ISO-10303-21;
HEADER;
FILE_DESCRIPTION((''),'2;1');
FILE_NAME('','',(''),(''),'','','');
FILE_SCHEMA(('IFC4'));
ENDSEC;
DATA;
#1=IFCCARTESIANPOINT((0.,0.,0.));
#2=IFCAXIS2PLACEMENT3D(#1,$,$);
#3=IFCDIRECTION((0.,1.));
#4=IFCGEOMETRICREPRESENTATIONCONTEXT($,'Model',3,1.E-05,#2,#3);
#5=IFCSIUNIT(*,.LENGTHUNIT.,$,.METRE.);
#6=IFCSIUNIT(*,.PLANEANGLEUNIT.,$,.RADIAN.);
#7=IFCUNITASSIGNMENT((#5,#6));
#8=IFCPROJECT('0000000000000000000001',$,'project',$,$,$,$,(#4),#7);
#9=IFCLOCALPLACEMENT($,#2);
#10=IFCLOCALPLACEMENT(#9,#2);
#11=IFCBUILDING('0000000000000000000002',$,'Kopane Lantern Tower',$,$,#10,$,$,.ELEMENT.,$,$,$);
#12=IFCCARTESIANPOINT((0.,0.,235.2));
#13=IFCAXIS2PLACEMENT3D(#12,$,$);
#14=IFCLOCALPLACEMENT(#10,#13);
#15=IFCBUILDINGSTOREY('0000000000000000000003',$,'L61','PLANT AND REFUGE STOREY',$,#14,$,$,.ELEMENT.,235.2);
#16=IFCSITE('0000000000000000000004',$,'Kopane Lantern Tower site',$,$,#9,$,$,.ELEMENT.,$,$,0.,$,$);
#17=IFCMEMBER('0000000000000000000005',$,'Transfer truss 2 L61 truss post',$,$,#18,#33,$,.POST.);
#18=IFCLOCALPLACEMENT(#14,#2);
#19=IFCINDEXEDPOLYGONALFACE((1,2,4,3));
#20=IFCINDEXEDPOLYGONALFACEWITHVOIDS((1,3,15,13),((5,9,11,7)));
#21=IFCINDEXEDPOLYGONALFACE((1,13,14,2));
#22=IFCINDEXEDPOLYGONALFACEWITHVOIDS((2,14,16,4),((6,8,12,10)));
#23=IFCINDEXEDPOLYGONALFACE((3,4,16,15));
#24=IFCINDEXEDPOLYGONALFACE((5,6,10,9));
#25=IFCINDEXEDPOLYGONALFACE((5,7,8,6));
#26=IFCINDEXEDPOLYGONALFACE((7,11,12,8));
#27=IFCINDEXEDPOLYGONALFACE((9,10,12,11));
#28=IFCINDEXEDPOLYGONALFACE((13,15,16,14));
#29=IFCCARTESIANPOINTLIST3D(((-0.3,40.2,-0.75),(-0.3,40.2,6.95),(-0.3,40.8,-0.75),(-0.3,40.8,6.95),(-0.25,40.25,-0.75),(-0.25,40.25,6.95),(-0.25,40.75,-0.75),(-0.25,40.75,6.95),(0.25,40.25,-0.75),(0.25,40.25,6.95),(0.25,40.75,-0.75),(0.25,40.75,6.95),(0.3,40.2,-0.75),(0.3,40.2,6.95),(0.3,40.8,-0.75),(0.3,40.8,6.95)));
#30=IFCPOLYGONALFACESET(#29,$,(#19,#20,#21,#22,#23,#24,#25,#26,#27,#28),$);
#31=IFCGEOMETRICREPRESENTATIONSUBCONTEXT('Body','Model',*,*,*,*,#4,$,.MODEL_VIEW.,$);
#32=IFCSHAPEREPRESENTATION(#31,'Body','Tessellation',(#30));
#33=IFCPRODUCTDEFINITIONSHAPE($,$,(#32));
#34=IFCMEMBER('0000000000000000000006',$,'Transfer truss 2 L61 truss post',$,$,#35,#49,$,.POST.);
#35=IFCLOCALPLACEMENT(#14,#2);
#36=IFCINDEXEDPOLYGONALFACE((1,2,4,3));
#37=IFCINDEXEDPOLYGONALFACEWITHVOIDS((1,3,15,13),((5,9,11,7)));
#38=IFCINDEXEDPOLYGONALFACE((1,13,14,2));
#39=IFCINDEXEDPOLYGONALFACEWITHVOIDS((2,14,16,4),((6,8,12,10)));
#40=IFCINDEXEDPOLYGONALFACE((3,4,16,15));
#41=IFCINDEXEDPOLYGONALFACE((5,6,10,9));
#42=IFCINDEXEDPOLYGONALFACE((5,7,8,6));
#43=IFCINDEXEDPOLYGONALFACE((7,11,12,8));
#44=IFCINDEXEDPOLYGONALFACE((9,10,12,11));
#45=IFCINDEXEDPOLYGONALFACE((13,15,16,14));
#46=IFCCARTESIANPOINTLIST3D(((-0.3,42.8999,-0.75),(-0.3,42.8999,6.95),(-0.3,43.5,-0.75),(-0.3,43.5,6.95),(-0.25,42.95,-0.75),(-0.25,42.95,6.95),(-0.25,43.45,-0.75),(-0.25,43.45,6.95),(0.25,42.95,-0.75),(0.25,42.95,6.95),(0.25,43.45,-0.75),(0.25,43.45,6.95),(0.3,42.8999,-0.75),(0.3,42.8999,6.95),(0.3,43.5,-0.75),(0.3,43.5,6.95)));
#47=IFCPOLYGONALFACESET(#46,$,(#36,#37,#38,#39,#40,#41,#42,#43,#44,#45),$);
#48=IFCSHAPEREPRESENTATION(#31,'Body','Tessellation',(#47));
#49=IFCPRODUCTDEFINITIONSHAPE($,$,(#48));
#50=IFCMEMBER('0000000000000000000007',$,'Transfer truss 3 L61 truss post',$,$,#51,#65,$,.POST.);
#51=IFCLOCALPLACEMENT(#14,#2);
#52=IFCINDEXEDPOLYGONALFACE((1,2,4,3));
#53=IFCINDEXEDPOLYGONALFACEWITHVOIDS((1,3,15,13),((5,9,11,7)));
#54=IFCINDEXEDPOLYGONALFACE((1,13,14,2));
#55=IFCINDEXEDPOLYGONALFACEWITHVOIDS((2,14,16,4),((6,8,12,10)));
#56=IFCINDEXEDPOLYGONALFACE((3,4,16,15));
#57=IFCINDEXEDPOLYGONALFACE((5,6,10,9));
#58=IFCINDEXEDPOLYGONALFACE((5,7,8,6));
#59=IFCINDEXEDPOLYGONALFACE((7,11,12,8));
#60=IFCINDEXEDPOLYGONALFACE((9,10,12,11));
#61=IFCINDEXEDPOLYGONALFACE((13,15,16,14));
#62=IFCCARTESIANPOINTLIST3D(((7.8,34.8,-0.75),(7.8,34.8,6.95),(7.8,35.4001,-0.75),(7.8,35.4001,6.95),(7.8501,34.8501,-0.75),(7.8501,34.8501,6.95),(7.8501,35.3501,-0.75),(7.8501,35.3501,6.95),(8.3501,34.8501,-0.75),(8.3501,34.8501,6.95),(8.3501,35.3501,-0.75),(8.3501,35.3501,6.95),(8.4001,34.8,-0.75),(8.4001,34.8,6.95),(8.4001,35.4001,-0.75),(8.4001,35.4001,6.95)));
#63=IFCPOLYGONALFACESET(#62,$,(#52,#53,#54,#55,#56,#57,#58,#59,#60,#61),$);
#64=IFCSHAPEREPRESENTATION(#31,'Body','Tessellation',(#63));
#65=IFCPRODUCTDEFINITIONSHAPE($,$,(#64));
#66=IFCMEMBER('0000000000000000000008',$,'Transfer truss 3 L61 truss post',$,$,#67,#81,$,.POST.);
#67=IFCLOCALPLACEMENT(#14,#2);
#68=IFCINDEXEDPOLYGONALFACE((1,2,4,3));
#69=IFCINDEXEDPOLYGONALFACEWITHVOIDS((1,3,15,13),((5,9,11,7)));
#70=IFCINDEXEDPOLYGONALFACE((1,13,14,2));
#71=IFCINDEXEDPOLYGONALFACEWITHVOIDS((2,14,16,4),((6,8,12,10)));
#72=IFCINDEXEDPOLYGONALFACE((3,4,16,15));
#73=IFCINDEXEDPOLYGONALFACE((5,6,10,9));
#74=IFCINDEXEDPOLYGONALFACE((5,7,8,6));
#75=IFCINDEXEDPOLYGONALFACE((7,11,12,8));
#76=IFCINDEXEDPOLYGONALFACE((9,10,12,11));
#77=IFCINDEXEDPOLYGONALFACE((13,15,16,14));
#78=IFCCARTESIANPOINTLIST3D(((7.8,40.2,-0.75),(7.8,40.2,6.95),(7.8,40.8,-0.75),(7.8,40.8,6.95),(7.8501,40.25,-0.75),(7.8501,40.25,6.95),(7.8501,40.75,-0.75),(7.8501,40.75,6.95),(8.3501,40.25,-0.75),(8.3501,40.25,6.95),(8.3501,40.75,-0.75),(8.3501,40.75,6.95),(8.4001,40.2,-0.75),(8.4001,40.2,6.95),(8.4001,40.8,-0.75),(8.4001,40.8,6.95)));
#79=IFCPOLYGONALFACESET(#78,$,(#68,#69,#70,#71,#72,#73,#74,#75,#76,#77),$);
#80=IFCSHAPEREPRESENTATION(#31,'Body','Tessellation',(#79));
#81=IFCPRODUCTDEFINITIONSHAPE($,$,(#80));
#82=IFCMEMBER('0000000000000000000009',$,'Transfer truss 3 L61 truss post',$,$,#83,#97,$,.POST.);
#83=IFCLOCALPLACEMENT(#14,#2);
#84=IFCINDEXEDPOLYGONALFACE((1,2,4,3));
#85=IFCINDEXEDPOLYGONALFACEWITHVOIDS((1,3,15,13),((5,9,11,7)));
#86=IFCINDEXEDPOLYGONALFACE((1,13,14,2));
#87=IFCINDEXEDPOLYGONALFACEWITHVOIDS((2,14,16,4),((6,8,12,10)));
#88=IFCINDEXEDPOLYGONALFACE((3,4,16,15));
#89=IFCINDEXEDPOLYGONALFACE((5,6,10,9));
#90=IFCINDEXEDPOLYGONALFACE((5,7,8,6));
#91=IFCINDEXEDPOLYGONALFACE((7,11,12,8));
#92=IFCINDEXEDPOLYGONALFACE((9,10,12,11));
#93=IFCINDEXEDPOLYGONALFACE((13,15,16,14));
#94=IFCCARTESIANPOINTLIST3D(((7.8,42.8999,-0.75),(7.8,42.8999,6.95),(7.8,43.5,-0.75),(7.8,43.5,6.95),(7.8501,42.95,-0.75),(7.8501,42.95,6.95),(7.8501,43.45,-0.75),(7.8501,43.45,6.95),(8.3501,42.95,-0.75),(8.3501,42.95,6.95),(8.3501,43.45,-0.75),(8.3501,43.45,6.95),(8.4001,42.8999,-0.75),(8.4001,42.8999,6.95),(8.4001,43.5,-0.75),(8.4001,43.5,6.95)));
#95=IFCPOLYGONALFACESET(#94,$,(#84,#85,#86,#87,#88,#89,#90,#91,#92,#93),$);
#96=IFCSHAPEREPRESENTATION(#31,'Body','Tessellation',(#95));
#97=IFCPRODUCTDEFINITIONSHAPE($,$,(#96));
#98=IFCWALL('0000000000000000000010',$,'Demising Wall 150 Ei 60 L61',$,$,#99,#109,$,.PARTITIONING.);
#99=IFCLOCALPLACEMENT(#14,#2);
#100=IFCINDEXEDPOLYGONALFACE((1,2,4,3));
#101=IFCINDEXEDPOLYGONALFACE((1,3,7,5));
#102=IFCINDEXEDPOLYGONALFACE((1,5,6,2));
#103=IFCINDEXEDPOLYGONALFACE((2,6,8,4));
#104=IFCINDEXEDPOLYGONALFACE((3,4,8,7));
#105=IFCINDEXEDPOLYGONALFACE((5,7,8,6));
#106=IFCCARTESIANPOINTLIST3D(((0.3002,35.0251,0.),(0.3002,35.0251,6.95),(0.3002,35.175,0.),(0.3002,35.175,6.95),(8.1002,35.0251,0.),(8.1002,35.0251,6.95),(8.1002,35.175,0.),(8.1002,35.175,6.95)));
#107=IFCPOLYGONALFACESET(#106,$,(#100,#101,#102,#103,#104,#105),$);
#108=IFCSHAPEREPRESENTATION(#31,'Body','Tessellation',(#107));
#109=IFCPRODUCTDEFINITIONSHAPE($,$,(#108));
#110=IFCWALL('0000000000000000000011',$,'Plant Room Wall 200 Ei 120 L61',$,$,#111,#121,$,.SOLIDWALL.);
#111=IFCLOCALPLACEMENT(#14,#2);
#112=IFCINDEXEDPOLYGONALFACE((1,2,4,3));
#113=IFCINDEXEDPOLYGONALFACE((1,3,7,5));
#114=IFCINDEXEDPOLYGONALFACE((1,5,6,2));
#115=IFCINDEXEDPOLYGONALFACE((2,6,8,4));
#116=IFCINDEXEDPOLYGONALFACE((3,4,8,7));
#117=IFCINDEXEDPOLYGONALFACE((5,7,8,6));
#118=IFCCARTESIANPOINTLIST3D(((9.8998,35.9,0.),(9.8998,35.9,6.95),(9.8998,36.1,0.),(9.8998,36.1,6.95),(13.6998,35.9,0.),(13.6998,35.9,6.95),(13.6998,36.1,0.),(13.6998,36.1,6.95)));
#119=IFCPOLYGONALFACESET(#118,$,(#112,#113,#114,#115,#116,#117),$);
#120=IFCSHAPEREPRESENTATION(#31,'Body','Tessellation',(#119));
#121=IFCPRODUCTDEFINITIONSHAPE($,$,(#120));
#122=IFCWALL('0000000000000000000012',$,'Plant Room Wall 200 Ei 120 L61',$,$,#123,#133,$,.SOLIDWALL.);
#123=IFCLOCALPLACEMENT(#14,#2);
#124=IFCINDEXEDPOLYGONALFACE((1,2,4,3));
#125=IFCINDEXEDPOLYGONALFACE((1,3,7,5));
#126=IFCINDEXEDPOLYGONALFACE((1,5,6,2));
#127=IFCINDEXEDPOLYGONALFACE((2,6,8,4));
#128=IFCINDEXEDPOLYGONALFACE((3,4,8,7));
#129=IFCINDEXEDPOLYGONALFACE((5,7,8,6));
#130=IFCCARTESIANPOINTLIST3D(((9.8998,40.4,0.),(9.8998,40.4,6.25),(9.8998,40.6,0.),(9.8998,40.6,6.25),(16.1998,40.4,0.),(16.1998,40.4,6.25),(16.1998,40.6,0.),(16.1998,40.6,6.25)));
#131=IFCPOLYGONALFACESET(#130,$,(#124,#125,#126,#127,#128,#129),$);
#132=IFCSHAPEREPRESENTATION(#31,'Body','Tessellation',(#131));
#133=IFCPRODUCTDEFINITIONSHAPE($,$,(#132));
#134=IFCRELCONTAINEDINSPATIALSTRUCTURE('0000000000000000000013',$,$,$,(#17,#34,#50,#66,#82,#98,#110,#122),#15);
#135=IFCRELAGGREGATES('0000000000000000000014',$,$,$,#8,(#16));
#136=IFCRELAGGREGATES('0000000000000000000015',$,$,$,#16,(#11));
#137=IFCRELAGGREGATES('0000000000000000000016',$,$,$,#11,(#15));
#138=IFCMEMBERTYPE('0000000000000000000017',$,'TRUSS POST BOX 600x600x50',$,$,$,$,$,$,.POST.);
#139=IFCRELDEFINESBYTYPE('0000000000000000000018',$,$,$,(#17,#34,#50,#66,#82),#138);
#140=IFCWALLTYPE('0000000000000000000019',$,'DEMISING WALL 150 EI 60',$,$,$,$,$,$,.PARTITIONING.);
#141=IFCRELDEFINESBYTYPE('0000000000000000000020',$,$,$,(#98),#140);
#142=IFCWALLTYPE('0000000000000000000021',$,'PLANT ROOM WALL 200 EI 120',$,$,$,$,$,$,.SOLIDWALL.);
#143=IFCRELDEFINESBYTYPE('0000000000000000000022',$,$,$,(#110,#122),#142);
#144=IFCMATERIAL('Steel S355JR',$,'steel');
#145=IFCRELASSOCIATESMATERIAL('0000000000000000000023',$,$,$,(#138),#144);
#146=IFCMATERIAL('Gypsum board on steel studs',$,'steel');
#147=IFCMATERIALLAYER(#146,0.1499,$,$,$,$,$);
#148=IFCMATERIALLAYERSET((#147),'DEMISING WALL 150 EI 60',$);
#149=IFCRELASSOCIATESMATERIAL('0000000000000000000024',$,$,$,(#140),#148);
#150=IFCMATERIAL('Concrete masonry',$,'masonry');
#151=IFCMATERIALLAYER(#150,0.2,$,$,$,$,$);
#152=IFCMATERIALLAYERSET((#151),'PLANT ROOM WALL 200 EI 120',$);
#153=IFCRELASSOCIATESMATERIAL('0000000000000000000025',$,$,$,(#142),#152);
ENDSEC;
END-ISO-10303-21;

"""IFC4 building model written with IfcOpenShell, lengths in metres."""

from ifc_helpers import new_model, si_unit, direction, frame, frame_2d, origin, origin_2d, place, context, subcontext, project, spatial, rectangle, hollow_rectangle, extrude, material, layer, layer_set, material_profile, profile_set, type_object, element, save


model = new_model("IFC4")

# Units and contexts
model_context = context("Model", 3, precision=1e-05, world=origin(), true_north=direction((0.0, 1.0)))
body_context = subcontext(model_context, "Body", "Model", "MODEL_VIEW")
ifc_project = project(units=[si_unit("LENGTHUNIT", "METRE"), si_unit("PLANEANGLEUNIT", "RADIAN")], contexts=[model_context])

# Site, building, storey
site_placement = place(None, origin())
site = spatial("IfcSite", under=ifc_project, at=site_placement, Name="Kopane Lantern Tower site", CompositionType="ELEMENT", RefElevation=0.0)
building_placement = place(site_placement, origin())
building = spatial("IfcBuilding", under=site, at=building_placement, Name="Kopane Lantern Tower", CompositionType="ELEMENT")
storey_placement = place(building_placement, frame((0.0, 0.0, 235.2)))
storey = spatial("IfcBuildingStorey", under=building, at=storey_placement, Name="L61", Description="PLANT AND REFUGE STOREY", CompositionType="ELEMENT", Elevation=235.2)

# Members
ifc_material_1 = material(Name="Steel S355JR", Category="steel")
ifc_material_profile_1 = material_profile(ifc_material_1, hollow_rectangle(XDim=0.6001, YDim=0.6001, WallThickness=0.05, at=origin_2d()), Name="BOX 600x600x50")
ifc_profile_set_1 = profile_set([ifc_material_profile_1], Name="Steel S355JR")
member_type_1 = type_object("IfcMemberType", Name="TRUSS POST BOX 600x600x50", PredefinedType="POST", material=ifc_profile_set_1)
for number, where, z_axis, x_axis, name in (
    (1, (0.0, 40.5, -0.75), (0.0, 0.0, 1.0), (1.0, 0.0, 0.0), "Transfer truss 2 L61 truss post"),
    (2, (0.0, 43.2, -0.75), (0.0, 0.0, 1.0), (1.0, 0.0, 0.0), "Transfer truss 2 L61 truss post"),
    (3, (8.1001, 35.1001, -0.75), (0.0, 0.0, 1.0), (1.0, 0.0, 0.0), "Transfer truss 3 L61 truss post"),
    (4, (8.1001, 40.5, -0.75), (0.0, 0.0, 1.0), (1.0, 0.0, 0.0), "Transfer truss 3 L61 truss post"),
    (5, (8.1001, 43.2, -0.75), (0.0, 0.0, 1.0), (1.0, 0.0, 0.0), "Transfer truss 3 L61 truss post"),
):
    element("IfcMember", number, at=place(storey_placement, frame(where, z_axis=z_axis, x_axis=x_axis)), inside=storey, type_object=member_type_1, Name=name, PredefinedType="POST", context=body_context, shape_type="SweptSolid", body=[
        extrude(hollow_rectangle(XDim=0.6001, YDim=0.6001, WallThickness=0.05, at=origin_2d()), origin(), (0.0, 0.0, 1.0), 7.7),
    ])

# Walls
ifc_material_2 = material(Name="Gypsum board on steel studs", Category="steel")
ifc_layer_1 = layer(ifc_material_2, 0.1499)
ifc_layer_set_1 = layer_set([ifc_layer_1], Name="DEMISING WALL 150 EI 60")
wall_type_1 = type_object("IfcWallType", Name="DEMISING WALL 150 EI 60", PredefinedType="PARTITIONING", material=ifc_layer_set_1)
wall_1_placement = place(storey_placement, frame((8.1001, 35.1001, 0.0), z_axis=(0.0, 0.0, 1.0), x_axis=(-1.0, 0.0, 0.0)))
element("IfcWall", 6, at=wall_1_placement, inside=storey, type_object=wall_type_1, Name="Demising Wall 150 Ei 60 L61", PredefinedType="PARTITIONING", context=body_context, shape_type="SweptSolid", body=[
    extrude(rectangle(XDim=7.8, YDim=0.1499, at=frame_2d((3.8999, 0.0))), origin(), (0.0, 0.0, 1.0), 6.95),
])
ifc_material_3 = material(Name="Concrete masonry", Category="masonry")
ifc_layer_2 = layer(ifc_material_3, 0.2)
ifc_layer_set_2 = layer_set([ifc_layer_2], Name="PLANT ROOM WALL 200 EI 120")
wall_type_2 = type_object("IfcWallType", Name="PLANT ROOM WALL 200 EI 120", PredefinedType="SOLIDWALL", material=ifc_layer_set_2)
wall_2_placement = place(storey_placement, frame((9.8999, 36.0, 0.0), z_axis=(0.0, 0.0, 1.0), x_axis=(1.0, 0.0, 0.0)))
element("IfcWall", 7, at=wall_2_placement, inside=storey, type_object=wall_type_2, Name="Plant Room Wall 200 Ei 120 L61", PredefinedType="SOLIDWALL", context=body_context, shape_type="SweptSolid", body=[
    extrude(rectangle(XDim=3.8, YDim=0.2, at=frame_2d((1.8999, 0.0))), origin(), (0.0, 0.0, 1.0), 6.95),
])
wall_3_placement = place(storey_placement, frame((9.8999, 40.5, 0.0), z_axis=(0.0, 0.0, 1.0), x_axis=(1.0, 0.0, 0.0)))
element("IfcWall", 8, at=wall_3_placement, inside=storey, type_object=wall_type_2, Name="Plant Room Wall 200 Ei 120 L61", PredefinedType="SOLIDWALL", context=body_context, shape_type="SweptSolid", body=[
    extrude(rectangle(XDim=6.3, YDim=0.2, at=frame_2d((3.1499, 0.0))), origin(), (0.0, 0.0, 1.0), 6.25),
])

save(model, "model.ifc")
